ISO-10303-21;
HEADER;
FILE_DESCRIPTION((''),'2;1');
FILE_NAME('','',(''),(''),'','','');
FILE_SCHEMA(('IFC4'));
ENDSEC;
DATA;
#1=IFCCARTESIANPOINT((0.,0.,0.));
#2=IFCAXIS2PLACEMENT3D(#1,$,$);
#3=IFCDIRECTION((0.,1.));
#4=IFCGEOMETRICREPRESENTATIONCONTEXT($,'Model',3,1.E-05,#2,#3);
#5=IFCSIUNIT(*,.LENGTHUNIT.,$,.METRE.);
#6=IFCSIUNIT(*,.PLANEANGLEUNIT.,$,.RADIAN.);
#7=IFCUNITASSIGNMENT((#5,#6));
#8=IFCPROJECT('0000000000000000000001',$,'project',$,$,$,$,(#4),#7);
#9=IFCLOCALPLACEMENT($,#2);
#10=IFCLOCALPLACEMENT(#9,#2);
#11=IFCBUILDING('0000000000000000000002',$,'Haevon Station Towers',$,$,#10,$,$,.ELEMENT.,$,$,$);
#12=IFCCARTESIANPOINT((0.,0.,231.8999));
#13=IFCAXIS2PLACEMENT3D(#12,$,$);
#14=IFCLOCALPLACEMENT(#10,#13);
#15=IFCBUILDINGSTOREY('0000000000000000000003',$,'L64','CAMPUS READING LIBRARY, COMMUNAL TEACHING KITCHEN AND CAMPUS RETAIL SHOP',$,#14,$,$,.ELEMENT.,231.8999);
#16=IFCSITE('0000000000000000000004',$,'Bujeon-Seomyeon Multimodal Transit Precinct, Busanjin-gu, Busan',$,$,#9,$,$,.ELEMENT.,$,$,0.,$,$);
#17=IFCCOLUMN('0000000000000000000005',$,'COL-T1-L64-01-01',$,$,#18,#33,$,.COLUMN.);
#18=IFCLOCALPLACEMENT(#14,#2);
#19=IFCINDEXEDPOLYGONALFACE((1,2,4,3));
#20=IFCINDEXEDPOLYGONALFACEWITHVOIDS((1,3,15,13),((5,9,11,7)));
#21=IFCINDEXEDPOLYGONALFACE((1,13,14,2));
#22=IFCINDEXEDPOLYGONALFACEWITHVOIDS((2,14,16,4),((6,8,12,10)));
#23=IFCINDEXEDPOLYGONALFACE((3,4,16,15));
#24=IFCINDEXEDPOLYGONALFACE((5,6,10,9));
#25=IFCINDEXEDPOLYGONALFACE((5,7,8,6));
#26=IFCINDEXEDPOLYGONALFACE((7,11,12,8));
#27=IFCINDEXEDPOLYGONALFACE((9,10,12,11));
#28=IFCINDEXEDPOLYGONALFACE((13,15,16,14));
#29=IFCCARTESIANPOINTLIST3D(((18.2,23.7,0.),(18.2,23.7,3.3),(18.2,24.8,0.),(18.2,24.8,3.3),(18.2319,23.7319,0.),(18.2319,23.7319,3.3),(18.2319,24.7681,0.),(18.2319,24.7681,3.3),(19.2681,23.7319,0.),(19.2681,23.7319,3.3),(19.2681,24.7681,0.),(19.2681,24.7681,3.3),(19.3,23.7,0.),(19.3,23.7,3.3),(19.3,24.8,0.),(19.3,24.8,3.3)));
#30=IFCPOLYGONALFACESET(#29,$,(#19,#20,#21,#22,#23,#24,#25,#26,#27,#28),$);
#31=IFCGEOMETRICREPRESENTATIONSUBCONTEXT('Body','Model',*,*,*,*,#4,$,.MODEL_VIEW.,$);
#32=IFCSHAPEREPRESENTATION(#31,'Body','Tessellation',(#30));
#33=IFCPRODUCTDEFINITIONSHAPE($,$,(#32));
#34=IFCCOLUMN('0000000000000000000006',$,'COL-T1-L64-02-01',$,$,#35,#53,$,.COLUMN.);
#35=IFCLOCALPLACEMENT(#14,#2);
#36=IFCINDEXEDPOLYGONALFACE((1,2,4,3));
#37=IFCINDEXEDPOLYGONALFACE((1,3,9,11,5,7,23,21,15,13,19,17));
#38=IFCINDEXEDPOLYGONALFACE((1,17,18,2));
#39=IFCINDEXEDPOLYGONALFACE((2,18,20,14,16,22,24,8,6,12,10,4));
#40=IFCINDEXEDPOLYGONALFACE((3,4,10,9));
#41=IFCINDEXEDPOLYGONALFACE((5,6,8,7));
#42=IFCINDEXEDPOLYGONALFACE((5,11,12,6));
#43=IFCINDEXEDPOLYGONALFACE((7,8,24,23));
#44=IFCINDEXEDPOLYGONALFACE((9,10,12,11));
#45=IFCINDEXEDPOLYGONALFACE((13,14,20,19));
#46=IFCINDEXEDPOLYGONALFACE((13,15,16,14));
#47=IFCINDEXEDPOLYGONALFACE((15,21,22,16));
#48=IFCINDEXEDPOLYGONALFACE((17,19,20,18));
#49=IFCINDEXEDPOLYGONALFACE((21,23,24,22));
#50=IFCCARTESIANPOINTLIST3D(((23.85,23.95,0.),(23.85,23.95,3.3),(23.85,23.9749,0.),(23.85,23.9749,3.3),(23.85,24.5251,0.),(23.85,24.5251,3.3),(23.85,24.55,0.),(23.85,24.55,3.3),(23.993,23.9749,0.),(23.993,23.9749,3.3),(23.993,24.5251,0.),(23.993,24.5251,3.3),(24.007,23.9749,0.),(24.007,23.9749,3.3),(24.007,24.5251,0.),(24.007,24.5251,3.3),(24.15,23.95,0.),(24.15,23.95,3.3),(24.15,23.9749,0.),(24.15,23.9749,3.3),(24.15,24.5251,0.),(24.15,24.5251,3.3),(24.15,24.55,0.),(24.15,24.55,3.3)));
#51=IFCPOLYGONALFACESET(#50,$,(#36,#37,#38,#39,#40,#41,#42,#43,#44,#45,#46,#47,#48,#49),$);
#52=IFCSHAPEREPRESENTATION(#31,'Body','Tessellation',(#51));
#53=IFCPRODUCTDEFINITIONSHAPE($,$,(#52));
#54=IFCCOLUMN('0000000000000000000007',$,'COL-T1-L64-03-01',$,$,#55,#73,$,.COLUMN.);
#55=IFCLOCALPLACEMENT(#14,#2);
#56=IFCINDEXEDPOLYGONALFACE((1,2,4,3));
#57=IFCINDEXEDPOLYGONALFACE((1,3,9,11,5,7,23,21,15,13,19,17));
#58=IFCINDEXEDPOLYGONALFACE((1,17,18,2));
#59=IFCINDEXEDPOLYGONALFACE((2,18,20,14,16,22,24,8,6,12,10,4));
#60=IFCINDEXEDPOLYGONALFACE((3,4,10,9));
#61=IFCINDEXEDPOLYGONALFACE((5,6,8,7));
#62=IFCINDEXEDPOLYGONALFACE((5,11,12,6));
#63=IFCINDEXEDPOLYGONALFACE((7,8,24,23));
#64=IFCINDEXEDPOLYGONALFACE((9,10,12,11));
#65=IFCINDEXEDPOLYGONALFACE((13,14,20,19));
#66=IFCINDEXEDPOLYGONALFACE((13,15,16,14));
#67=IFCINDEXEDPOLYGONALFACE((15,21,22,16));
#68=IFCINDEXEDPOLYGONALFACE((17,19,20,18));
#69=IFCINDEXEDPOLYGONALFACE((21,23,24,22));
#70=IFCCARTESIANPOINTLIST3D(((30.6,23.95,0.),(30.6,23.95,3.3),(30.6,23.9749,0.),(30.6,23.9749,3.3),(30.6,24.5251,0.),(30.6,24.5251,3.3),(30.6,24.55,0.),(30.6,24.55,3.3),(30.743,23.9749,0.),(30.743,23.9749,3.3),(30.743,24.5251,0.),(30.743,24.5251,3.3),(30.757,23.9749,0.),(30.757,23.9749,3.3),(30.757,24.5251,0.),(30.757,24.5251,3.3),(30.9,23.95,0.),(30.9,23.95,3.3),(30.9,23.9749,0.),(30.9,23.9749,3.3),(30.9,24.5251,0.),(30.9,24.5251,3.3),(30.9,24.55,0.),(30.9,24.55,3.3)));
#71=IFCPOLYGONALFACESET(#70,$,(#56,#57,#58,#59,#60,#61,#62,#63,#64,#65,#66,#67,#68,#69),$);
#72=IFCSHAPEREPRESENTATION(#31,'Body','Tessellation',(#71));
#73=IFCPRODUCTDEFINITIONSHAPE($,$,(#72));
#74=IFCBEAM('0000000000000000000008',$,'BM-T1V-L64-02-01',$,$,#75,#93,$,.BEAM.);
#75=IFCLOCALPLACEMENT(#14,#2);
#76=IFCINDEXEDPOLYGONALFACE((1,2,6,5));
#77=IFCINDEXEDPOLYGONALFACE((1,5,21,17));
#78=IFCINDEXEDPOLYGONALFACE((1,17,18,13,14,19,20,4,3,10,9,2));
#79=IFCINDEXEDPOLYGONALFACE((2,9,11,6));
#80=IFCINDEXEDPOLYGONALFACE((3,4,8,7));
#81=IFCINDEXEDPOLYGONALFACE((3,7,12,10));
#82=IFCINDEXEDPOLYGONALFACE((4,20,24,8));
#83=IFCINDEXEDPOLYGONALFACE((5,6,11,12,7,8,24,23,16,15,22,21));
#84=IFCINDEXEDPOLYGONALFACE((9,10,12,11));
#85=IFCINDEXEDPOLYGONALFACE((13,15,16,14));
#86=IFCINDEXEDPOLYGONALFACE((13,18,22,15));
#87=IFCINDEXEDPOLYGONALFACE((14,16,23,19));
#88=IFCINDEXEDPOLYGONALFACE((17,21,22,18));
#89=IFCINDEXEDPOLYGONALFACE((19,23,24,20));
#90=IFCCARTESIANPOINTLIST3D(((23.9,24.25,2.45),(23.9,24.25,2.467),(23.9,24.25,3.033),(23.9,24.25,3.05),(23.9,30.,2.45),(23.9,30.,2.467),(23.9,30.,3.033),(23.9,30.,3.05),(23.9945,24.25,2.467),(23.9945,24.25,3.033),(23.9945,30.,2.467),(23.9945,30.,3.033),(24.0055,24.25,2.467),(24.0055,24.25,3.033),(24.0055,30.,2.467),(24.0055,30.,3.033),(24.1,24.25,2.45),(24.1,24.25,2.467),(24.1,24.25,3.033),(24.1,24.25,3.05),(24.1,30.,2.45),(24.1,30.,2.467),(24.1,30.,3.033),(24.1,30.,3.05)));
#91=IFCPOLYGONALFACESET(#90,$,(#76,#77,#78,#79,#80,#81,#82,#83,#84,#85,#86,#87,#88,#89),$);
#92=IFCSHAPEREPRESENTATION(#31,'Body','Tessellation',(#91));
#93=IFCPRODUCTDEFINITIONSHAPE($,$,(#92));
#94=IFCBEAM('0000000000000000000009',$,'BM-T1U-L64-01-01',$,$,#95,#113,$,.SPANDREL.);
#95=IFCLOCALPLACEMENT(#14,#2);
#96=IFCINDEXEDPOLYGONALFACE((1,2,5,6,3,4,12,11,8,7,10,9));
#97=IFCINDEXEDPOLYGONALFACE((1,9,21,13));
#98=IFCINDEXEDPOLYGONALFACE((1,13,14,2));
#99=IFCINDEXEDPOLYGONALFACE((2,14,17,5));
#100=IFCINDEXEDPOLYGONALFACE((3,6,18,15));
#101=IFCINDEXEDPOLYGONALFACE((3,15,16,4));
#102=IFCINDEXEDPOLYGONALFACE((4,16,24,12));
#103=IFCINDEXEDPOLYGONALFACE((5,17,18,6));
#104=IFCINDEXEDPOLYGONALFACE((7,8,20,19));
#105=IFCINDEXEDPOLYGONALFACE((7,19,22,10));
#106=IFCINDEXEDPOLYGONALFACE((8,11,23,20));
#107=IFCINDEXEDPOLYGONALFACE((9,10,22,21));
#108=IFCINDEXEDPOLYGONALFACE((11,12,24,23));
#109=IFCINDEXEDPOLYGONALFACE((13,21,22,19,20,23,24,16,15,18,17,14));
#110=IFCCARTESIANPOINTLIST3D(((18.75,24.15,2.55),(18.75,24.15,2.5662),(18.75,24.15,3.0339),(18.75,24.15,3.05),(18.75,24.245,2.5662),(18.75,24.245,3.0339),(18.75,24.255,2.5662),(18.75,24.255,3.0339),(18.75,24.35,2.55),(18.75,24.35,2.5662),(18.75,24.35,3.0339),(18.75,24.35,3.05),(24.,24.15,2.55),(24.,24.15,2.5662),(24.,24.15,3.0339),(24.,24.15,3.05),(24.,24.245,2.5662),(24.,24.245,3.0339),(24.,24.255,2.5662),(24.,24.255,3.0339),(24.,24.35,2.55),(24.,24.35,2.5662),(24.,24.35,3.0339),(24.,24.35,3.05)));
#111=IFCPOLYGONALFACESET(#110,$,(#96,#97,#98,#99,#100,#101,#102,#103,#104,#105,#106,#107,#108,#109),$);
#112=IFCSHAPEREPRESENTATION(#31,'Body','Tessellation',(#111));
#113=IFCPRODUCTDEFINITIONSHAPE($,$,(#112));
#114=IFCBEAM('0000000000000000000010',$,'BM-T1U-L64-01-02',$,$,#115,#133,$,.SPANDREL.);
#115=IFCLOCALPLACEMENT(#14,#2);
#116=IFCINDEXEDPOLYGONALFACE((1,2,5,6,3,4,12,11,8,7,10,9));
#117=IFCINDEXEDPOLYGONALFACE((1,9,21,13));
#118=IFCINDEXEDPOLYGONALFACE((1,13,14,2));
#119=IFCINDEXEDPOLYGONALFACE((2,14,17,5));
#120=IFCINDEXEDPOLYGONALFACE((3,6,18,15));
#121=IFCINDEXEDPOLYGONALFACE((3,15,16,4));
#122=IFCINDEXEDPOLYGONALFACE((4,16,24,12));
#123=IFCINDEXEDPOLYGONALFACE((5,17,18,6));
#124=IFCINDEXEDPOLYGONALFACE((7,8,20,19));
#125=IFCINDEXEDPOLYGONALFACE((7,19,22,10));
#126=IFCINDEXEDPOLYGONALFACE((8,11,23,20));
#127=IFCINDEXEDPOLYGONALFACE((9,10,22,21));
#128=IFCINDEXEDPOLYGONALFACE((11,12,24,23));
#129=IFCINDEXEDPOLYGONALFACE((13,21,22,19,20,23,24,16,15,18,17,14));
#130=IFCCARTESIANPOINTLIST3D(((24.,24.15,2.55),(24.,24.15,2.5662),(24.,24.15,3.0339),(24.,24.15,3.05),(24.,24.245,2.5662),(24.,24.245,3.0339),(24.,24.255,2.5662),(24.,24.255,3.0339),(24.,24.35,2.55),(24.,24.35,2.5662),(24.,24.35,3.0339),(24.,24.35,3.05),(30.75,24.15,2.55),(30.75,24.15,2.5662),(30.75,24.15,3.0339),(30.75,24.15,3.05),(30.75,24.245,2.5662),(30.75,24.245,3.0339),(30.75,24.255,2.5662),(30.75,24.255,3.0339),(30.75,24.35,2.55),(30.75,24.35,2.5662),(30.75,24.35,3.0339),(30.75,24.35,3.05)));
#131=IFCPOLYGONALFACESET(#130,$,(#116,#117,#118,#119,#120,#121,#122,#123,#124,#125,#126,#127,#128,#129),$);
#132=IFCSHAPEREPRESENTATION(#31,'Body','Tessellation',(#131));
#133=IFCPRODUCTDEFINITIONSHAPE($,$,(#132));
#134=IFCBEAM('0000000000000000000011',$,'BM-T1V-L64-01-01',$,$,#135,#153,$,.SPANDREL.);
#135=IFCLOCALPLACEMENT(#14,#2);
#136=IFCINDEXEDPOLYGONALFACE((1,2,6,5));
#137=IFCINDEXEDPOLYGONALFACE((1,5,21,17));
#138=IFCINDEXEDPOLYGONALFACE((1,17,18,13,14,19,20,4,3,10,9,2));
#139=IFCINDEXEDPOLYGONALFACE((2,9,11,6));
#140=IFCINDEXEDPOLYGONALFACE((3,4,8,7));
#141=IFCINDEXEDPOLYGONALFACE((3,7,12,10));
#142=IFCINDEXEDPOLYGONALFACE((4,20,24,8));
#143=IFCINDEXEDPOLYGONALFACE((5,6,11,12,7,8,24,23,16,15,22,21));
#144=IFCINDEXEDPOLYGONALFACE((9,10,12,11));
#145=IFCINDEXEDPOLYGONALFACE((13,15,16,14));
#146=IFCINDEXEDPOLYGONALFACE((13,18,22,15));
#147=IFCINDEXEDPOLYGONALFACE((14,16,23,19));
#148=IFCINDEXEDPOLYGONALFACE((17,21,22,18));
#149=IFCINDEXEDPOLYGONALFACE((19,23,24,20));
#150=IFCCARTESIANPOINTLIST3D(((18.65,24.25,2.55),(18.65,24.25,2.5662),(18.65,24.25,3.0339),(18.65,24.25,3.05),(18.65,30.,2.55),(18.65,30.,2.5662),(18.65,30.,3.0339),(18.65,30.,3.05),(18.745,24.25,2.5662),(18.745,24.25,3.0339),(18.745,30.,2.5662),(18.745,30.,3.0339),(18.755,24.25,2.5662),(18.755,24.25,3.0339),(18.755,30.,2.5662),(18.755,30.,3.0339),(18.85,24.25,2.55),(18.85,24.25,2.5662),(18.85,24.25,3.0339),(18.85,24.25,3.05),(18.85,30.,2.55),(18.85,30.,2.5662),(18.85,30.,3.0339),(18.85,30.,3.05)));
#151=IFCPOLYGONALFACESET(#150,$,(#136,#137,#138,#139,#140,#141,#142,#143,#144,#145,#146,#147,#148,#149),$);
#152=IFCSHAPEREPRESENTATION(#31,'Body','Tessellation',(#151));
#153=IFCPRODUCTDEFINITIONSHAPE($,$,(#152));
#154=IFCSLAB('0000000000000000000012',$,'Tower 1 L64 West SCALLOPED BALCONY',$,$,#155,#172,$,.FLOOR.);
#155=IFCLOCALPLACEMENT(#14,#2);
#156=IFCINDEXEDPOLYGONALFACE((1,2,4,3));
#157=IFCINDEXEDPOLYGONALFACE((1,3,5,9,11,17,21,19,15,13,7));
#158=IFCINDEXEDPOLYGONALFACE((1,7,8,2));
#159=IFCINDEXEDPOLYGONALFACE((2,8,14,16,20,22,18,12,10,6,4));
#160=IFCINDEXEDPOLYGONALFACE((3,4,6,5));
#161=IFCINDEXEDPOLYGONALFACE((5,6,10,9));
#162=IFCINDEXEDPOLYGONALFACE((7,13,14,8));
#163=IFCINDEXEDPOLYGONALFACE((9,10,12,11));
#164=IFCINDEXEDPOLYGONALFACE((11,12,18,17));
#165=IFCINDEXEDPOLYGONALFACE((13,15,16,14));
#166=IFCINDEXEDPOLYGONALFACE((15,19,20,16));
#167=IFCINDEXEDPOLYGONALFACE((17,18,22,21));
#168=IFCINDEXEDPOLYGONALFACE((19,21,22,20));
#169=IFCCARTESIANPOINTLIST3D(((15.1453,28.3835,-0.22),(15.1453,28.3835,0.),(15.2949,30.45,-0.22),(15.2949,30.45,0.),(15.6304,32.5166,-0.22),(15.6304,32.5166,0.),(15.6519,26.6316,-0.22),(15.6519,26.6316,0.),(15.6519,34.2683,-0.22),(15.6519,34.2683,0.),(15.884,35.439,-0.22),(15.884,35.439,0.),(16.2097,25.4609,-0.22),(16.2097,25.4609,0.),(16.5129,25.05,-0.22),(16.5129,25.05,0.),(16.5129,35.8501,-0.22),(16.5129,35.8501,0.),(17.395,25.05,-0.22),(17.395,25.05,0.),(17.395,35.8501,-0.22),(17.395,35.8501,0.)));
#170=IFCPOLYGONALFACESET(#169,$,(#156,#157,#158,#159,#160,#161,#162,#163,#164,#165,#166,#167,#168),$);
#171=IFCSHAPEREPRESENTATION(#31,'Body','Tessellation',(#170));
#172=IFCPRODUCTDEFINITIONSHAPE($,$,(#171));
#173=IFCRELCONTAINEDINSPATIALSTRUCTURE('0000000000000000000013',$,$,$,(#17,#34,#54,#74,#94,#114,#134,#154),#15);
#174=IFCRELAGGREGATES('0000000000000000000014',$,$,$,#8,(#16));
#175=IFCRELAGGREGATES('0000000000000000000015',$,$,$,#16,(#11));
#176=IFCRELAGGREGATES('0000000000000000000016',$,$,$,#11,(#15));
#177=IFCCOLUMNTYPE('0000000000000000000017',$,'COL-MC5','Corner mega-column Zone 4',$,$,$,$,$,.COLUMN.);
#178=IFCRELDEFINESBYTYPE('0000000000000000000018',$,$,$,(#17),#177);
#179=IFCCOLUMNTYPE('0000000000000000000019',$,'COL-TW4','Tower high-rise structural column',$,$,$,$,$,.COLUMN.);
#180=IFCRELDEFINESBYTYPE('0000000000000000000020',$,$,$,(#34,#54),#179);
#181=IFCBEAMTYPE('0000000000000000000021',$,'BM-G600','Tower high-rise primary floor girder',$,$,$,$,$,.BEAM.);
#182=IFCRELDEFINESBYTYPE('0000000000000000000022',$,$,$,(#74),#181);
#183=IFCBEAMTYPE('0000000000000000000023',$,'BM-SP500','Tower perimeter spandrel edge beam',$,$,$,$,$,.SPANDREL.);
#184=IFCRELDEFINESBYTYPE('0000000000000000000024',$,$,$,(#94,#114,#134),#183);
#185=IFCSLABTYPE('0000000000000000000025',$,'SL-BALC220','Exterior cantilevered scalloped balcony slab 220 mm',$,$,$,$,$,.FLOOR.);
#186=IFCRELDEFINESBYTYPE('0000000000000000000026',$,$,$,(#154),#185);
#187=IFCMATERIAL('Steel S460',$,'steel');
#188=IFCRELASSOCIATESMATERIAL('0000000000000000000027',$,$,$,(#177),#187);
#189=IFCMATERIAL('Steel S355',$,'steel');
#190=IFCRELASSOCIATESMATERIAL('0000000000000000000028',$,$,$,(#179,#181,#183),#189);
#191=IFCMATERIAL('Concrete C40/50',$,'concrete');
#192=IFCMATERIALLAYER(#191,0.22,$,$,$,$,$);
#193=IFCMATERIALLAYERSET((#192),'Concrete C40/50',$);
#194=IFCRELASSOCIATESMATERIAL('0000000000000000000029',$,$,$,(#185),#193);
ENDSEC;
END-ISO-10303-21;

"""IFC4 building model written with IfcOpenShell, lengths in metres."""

from ifc_helpers import new_model, si_unit, direction, frame, origin, origin_2d, place, context, subcontext, project, spatial, polyline, hollow_rectangle, i_section, outline, extrude, material, layer, layer_set, material_profile, profile_set, type_object, element, save


model = new_model("IFC4")

# Units and contexts
model_context = context("Model", 3, precision=1e-05, world=origin(), true_north=direction((0.0, 1.0)))
body_context = subcontext(model_context, "Body", "Model", "MODEL_VIEW")
ifc_project = project(units=[si_unit("LENGTHUNIT", "METRE"), si_unit("PLANEANGLEUNIT", "RADIAN")], contexts=[model_context])

# Site, building, storey
site_placement = place(None, origin())
site = spatial("IfcSite", under=ifc_project, at=site_placement, Name="Bujeon-Seomyeon Multimodal Transit Precinct, Busanjin-gu, Busan", CompositionType="ELEMENT", RefElevation=0.0)
building_placement = place(site_placement, origin())
building = spatial("IfcBuilding", under=site, at=building_placement, Name="Haevon Station Towers", CompositionType="ELEMENT")
storey_placement = place(building_placement, frame((0.0, 0.0, 231.8999)))
storey = spatial("IfcBuildingStorey", under=building, at=storey_placement, Name="L64", Description="CAMPUS READING LIBRARY, COMMUNAL TEACHING KITCHEN AND CAMPUS RETAIL SHOP", CompositionType="ELEMENT", Elevation=231.8999)

# Columns
ifc_material_1 = material(Name="Steel S460", Category="steel")
ifc_material_profile_1 = material_profile(ifc_material_1, hollow_rectangle(XDim=1.1001, YDim=1.1001, WallThickness=0.032, at=origin_2d()), Name="BOX-1100x1100x32")
ifc_profile_set_1 = profile_set([ifc_material_profile_1], Name="Steel S460")
column_type_1 = type_object("IfcColumnType", Name="COL-MC5", Description="Corner mega-column Zone 4", PredefinedType="COLUMN", material=ifc_profile_set_1)
column_placement = place(storey_placement, frame((18.75, 24.25, 0.0), z_axis=(0.0, 0.0, 1.0), x_axis=(1.0, 0.0, 0.0)))
element("IfcColumn", 1, at=column_placement, inside=storey, type_object=column_type_1, Name="COL-T1-L64-01-01", PredefinedType="COLUMN", context=body_context, shape_type="SweptSolid", body=[
    extrude(hollow_rectangle(XDim=1.1001, YDim=1.1001, WallThickness=0.032, at=origin_2d()), origin(), (0.0, 0.0, 1.0), 3.3),
])
ifc_material_2 = material(Name="Steel S355", Category="steel")
ifc_material_profile_2 = material_profile(ifc_material_2, i_section(OverallWidth=0.3, OverallDepth=0.6001, WebThickness=0.0139, FlangeThickness=0.0249, at=origin_2d()), Name="H-600x300x14x25")
ifc_profile_set_2 = profile_set([ifc_material_profile_2], Name="Steel S355")
column_type_2 = type_object("IfcColumnType", Name="COL-TW4", Description="Tower high-rise structural column", PredefinedType="COLUMN", material=ifc_profile_set_2)
for number, where, z_axis, x_axis, name in (
    (2, (24.0, 24.25, 0.0), (0.0, 0.0, 1.0), (1.0, 0.0, 0.0), "COL-T1-L64-02-01"),
    (3, (30.75, 24.25, 0.0), (0.0, 0.0, 1.0), (1.0, 0.0, 0.0), "COL-T1-L64-03-01"),
):
    element("IfcColumn", number, at=place(storey_placement, frame(where, z_axis=z_axis, x_axis=x_axis)), inside=storey, type_object=column_type_2, Name=name, PredefinedType="COLUMN", context=body_context, shape_type="SweptSolid", body=[
        extrude(i_section(OverallWidth=0.3, OverallDepth=0.6001, WebThickness=0.0139, FlangeThickness=0.0249, at=origin_2d()), origin(), (0.0, 0.0, 1.0), 3.3),
    ])

# Beams
ifc_material_profile_3 = material_profile(ifc_material_2, i_section(OverallWidth=0.2, OverallDepth=0.6001, WebThickness=0.011, FlangeThickness=0.0171, at=origin_2d()), Name="H-600x200x11x17")
ifc_profile_set_3 = profile_set([ifc_material_profile_3], Name="Steel S355")
beam_type_1 = type_object("IfcBeamType", Name="BM-G600", Description="Tower high-rise primary floor girder", PredefinedType="BEAM", material=ifc_profile_set_3)
beam_1_placement = place(storey_placement, frame((24.0, 24.25, 2.75), z_axis=(0.0, 1.0, 0.0), x_axis=(-1.0, 0.0, 0.0)))
element("IfcBeam", 4, at=beam_1_placement, inside=storey, type_object=beam_type_1, Name="BM-T1V-L64-02-01", PredefinedType="BEAM", context=body_context, shape_type="SweptSolid", body=[
    extrude(i_section(OverallWidth=0.2, OverallDepth=0.6001, WebThickness=0.011, FlangeThickness=0.0171, at=origin_2d()), origin(), (0.0, 0.0, 1.0), 5.75),
])
ifc_material_profile_4 = material_profile(ifc_material_2, i_section(OverallWidth=0.2, OverallDepth=0.5, WebThickness=0.01, FlangeThickness=0.0161, at=origin_2d()), Name="H-500x200x10x16")
ifc_profile_set_4 = profile_set([ifc_material_profile_4], Name="Steel S355")
beam_type_2 = type_object("IfcBeamType", Name="BM-SP500", Description="Tower perimeter spandrel edge beam", PredefinedType="SPANDREL", material=ifc_profile_set_4)
beam_2_placement = place(storey_placement, frame((18.75, 24.25, 2.8), z_axis=(1.0, 0.0, 0.0), x_axis=(0.0, 1.0, 0.0)))
element("IfcBeam", 5, at=beam_2_placement, inside=storey, type_object=beam_type_2, Name="BM-T1U-L64-01-01", PredefinedType="SPANDREL", context=body_context, shape_type="SweptSolid", body=[
    extrude(i_section(OverallWidth=0.2, OverallDepth=0.5, WebThickness=0.01, FlangeThickness=0.0161, at=origin_2d()), origin(), (0.0, 0.0, 1.0), 5.25),
])
beam_3_placement = place(storey_placement, frame((24.0, 24.25, 2.8), z_axis=(1.0, 0.0, 0.0), x_axis=(0.0, 1.0, 0.0)))
element("IfcBeam", 6, at=beam_3_placement, inside=storey, type_object=beam_type_2, Name="BM-T1U-L64-01-02", PredefinedType="SPANDREL", context=body_context, shape_type="SweptSolid", body=[
    extrude(i_section(OverallWidth=0.2, OverallDepth=0.5, WebThickness=0.01, FlangeThickness=0.0161, at=origin_2d()), origin(), (0.0, 0.0, 1.0), 6.75),
])
beam_4_placement = place(storey_placement, frame((18.75, 24.25, 2.8), z_axis=(0.0, 1.0, 0.0), x_axis=(-1.0, 0.0, 0.0)))
element("IfcBeam", 7, at=beam_4_placement, inside=storey, type_object=beam_type_2, Name="BM-T1V-L64-01-01", PredefinedType="SPANDREL", context=body_context, shape_type="SweptSolid", body=[
    extrude(i_section(OverallWidth=0.2, OverallDepth=0.5, WebThickness=0.01, FlangeThickness=0.0161, at=origin_2d()), origin(), (0.0, 0.0, 1.0), 5.75),
])

# Slab
ifc_material_3 = material(Name="Concrete C40/50", Category="concrete")
ifc_layer_1 = layer(ifc_material_3, 0.22)
ifc_layer_set_1 = layer_set([ifc_layer_1], Name="Concrete C40/50")
slab_type_1 = type_object("IfcSlabType", Name="SL-BALC220", Description="Exterior cantilevered scalloped balcony slab 220 mm", PredefinedType="FLOOR", material=ifc_layer_set_1)
slab_1_placement = place(storey_placement, frame((0.0, 0.0, -0.22)))
element("IfcSlab", 8, at=slab_1_placement, inside=storey, type_object=slab_type_1, Name="Tower 1 L64 West SCALLOPED BALCONY", PredefinedType="FLOOR", context=body_context, shape_type="SweptSolid", body=[
    extrude(outline(polyline([(17.395, 35.8501), (16.5129, 35.8501), (15.884, 35.439), (15.6519, 34.2683), (15.6304, 32.5166), (15.2949, 30.45), (15.1453, 28.3835), (15.6519, 26.6316), (16.2097, 25.4609), (16.5129, 25.05), (17.395, 25.05), (17.395, 35.8501)])), origin(), (0.0, 0.0, 1.0), 0.22),
])

save(model, "model.ifc")
